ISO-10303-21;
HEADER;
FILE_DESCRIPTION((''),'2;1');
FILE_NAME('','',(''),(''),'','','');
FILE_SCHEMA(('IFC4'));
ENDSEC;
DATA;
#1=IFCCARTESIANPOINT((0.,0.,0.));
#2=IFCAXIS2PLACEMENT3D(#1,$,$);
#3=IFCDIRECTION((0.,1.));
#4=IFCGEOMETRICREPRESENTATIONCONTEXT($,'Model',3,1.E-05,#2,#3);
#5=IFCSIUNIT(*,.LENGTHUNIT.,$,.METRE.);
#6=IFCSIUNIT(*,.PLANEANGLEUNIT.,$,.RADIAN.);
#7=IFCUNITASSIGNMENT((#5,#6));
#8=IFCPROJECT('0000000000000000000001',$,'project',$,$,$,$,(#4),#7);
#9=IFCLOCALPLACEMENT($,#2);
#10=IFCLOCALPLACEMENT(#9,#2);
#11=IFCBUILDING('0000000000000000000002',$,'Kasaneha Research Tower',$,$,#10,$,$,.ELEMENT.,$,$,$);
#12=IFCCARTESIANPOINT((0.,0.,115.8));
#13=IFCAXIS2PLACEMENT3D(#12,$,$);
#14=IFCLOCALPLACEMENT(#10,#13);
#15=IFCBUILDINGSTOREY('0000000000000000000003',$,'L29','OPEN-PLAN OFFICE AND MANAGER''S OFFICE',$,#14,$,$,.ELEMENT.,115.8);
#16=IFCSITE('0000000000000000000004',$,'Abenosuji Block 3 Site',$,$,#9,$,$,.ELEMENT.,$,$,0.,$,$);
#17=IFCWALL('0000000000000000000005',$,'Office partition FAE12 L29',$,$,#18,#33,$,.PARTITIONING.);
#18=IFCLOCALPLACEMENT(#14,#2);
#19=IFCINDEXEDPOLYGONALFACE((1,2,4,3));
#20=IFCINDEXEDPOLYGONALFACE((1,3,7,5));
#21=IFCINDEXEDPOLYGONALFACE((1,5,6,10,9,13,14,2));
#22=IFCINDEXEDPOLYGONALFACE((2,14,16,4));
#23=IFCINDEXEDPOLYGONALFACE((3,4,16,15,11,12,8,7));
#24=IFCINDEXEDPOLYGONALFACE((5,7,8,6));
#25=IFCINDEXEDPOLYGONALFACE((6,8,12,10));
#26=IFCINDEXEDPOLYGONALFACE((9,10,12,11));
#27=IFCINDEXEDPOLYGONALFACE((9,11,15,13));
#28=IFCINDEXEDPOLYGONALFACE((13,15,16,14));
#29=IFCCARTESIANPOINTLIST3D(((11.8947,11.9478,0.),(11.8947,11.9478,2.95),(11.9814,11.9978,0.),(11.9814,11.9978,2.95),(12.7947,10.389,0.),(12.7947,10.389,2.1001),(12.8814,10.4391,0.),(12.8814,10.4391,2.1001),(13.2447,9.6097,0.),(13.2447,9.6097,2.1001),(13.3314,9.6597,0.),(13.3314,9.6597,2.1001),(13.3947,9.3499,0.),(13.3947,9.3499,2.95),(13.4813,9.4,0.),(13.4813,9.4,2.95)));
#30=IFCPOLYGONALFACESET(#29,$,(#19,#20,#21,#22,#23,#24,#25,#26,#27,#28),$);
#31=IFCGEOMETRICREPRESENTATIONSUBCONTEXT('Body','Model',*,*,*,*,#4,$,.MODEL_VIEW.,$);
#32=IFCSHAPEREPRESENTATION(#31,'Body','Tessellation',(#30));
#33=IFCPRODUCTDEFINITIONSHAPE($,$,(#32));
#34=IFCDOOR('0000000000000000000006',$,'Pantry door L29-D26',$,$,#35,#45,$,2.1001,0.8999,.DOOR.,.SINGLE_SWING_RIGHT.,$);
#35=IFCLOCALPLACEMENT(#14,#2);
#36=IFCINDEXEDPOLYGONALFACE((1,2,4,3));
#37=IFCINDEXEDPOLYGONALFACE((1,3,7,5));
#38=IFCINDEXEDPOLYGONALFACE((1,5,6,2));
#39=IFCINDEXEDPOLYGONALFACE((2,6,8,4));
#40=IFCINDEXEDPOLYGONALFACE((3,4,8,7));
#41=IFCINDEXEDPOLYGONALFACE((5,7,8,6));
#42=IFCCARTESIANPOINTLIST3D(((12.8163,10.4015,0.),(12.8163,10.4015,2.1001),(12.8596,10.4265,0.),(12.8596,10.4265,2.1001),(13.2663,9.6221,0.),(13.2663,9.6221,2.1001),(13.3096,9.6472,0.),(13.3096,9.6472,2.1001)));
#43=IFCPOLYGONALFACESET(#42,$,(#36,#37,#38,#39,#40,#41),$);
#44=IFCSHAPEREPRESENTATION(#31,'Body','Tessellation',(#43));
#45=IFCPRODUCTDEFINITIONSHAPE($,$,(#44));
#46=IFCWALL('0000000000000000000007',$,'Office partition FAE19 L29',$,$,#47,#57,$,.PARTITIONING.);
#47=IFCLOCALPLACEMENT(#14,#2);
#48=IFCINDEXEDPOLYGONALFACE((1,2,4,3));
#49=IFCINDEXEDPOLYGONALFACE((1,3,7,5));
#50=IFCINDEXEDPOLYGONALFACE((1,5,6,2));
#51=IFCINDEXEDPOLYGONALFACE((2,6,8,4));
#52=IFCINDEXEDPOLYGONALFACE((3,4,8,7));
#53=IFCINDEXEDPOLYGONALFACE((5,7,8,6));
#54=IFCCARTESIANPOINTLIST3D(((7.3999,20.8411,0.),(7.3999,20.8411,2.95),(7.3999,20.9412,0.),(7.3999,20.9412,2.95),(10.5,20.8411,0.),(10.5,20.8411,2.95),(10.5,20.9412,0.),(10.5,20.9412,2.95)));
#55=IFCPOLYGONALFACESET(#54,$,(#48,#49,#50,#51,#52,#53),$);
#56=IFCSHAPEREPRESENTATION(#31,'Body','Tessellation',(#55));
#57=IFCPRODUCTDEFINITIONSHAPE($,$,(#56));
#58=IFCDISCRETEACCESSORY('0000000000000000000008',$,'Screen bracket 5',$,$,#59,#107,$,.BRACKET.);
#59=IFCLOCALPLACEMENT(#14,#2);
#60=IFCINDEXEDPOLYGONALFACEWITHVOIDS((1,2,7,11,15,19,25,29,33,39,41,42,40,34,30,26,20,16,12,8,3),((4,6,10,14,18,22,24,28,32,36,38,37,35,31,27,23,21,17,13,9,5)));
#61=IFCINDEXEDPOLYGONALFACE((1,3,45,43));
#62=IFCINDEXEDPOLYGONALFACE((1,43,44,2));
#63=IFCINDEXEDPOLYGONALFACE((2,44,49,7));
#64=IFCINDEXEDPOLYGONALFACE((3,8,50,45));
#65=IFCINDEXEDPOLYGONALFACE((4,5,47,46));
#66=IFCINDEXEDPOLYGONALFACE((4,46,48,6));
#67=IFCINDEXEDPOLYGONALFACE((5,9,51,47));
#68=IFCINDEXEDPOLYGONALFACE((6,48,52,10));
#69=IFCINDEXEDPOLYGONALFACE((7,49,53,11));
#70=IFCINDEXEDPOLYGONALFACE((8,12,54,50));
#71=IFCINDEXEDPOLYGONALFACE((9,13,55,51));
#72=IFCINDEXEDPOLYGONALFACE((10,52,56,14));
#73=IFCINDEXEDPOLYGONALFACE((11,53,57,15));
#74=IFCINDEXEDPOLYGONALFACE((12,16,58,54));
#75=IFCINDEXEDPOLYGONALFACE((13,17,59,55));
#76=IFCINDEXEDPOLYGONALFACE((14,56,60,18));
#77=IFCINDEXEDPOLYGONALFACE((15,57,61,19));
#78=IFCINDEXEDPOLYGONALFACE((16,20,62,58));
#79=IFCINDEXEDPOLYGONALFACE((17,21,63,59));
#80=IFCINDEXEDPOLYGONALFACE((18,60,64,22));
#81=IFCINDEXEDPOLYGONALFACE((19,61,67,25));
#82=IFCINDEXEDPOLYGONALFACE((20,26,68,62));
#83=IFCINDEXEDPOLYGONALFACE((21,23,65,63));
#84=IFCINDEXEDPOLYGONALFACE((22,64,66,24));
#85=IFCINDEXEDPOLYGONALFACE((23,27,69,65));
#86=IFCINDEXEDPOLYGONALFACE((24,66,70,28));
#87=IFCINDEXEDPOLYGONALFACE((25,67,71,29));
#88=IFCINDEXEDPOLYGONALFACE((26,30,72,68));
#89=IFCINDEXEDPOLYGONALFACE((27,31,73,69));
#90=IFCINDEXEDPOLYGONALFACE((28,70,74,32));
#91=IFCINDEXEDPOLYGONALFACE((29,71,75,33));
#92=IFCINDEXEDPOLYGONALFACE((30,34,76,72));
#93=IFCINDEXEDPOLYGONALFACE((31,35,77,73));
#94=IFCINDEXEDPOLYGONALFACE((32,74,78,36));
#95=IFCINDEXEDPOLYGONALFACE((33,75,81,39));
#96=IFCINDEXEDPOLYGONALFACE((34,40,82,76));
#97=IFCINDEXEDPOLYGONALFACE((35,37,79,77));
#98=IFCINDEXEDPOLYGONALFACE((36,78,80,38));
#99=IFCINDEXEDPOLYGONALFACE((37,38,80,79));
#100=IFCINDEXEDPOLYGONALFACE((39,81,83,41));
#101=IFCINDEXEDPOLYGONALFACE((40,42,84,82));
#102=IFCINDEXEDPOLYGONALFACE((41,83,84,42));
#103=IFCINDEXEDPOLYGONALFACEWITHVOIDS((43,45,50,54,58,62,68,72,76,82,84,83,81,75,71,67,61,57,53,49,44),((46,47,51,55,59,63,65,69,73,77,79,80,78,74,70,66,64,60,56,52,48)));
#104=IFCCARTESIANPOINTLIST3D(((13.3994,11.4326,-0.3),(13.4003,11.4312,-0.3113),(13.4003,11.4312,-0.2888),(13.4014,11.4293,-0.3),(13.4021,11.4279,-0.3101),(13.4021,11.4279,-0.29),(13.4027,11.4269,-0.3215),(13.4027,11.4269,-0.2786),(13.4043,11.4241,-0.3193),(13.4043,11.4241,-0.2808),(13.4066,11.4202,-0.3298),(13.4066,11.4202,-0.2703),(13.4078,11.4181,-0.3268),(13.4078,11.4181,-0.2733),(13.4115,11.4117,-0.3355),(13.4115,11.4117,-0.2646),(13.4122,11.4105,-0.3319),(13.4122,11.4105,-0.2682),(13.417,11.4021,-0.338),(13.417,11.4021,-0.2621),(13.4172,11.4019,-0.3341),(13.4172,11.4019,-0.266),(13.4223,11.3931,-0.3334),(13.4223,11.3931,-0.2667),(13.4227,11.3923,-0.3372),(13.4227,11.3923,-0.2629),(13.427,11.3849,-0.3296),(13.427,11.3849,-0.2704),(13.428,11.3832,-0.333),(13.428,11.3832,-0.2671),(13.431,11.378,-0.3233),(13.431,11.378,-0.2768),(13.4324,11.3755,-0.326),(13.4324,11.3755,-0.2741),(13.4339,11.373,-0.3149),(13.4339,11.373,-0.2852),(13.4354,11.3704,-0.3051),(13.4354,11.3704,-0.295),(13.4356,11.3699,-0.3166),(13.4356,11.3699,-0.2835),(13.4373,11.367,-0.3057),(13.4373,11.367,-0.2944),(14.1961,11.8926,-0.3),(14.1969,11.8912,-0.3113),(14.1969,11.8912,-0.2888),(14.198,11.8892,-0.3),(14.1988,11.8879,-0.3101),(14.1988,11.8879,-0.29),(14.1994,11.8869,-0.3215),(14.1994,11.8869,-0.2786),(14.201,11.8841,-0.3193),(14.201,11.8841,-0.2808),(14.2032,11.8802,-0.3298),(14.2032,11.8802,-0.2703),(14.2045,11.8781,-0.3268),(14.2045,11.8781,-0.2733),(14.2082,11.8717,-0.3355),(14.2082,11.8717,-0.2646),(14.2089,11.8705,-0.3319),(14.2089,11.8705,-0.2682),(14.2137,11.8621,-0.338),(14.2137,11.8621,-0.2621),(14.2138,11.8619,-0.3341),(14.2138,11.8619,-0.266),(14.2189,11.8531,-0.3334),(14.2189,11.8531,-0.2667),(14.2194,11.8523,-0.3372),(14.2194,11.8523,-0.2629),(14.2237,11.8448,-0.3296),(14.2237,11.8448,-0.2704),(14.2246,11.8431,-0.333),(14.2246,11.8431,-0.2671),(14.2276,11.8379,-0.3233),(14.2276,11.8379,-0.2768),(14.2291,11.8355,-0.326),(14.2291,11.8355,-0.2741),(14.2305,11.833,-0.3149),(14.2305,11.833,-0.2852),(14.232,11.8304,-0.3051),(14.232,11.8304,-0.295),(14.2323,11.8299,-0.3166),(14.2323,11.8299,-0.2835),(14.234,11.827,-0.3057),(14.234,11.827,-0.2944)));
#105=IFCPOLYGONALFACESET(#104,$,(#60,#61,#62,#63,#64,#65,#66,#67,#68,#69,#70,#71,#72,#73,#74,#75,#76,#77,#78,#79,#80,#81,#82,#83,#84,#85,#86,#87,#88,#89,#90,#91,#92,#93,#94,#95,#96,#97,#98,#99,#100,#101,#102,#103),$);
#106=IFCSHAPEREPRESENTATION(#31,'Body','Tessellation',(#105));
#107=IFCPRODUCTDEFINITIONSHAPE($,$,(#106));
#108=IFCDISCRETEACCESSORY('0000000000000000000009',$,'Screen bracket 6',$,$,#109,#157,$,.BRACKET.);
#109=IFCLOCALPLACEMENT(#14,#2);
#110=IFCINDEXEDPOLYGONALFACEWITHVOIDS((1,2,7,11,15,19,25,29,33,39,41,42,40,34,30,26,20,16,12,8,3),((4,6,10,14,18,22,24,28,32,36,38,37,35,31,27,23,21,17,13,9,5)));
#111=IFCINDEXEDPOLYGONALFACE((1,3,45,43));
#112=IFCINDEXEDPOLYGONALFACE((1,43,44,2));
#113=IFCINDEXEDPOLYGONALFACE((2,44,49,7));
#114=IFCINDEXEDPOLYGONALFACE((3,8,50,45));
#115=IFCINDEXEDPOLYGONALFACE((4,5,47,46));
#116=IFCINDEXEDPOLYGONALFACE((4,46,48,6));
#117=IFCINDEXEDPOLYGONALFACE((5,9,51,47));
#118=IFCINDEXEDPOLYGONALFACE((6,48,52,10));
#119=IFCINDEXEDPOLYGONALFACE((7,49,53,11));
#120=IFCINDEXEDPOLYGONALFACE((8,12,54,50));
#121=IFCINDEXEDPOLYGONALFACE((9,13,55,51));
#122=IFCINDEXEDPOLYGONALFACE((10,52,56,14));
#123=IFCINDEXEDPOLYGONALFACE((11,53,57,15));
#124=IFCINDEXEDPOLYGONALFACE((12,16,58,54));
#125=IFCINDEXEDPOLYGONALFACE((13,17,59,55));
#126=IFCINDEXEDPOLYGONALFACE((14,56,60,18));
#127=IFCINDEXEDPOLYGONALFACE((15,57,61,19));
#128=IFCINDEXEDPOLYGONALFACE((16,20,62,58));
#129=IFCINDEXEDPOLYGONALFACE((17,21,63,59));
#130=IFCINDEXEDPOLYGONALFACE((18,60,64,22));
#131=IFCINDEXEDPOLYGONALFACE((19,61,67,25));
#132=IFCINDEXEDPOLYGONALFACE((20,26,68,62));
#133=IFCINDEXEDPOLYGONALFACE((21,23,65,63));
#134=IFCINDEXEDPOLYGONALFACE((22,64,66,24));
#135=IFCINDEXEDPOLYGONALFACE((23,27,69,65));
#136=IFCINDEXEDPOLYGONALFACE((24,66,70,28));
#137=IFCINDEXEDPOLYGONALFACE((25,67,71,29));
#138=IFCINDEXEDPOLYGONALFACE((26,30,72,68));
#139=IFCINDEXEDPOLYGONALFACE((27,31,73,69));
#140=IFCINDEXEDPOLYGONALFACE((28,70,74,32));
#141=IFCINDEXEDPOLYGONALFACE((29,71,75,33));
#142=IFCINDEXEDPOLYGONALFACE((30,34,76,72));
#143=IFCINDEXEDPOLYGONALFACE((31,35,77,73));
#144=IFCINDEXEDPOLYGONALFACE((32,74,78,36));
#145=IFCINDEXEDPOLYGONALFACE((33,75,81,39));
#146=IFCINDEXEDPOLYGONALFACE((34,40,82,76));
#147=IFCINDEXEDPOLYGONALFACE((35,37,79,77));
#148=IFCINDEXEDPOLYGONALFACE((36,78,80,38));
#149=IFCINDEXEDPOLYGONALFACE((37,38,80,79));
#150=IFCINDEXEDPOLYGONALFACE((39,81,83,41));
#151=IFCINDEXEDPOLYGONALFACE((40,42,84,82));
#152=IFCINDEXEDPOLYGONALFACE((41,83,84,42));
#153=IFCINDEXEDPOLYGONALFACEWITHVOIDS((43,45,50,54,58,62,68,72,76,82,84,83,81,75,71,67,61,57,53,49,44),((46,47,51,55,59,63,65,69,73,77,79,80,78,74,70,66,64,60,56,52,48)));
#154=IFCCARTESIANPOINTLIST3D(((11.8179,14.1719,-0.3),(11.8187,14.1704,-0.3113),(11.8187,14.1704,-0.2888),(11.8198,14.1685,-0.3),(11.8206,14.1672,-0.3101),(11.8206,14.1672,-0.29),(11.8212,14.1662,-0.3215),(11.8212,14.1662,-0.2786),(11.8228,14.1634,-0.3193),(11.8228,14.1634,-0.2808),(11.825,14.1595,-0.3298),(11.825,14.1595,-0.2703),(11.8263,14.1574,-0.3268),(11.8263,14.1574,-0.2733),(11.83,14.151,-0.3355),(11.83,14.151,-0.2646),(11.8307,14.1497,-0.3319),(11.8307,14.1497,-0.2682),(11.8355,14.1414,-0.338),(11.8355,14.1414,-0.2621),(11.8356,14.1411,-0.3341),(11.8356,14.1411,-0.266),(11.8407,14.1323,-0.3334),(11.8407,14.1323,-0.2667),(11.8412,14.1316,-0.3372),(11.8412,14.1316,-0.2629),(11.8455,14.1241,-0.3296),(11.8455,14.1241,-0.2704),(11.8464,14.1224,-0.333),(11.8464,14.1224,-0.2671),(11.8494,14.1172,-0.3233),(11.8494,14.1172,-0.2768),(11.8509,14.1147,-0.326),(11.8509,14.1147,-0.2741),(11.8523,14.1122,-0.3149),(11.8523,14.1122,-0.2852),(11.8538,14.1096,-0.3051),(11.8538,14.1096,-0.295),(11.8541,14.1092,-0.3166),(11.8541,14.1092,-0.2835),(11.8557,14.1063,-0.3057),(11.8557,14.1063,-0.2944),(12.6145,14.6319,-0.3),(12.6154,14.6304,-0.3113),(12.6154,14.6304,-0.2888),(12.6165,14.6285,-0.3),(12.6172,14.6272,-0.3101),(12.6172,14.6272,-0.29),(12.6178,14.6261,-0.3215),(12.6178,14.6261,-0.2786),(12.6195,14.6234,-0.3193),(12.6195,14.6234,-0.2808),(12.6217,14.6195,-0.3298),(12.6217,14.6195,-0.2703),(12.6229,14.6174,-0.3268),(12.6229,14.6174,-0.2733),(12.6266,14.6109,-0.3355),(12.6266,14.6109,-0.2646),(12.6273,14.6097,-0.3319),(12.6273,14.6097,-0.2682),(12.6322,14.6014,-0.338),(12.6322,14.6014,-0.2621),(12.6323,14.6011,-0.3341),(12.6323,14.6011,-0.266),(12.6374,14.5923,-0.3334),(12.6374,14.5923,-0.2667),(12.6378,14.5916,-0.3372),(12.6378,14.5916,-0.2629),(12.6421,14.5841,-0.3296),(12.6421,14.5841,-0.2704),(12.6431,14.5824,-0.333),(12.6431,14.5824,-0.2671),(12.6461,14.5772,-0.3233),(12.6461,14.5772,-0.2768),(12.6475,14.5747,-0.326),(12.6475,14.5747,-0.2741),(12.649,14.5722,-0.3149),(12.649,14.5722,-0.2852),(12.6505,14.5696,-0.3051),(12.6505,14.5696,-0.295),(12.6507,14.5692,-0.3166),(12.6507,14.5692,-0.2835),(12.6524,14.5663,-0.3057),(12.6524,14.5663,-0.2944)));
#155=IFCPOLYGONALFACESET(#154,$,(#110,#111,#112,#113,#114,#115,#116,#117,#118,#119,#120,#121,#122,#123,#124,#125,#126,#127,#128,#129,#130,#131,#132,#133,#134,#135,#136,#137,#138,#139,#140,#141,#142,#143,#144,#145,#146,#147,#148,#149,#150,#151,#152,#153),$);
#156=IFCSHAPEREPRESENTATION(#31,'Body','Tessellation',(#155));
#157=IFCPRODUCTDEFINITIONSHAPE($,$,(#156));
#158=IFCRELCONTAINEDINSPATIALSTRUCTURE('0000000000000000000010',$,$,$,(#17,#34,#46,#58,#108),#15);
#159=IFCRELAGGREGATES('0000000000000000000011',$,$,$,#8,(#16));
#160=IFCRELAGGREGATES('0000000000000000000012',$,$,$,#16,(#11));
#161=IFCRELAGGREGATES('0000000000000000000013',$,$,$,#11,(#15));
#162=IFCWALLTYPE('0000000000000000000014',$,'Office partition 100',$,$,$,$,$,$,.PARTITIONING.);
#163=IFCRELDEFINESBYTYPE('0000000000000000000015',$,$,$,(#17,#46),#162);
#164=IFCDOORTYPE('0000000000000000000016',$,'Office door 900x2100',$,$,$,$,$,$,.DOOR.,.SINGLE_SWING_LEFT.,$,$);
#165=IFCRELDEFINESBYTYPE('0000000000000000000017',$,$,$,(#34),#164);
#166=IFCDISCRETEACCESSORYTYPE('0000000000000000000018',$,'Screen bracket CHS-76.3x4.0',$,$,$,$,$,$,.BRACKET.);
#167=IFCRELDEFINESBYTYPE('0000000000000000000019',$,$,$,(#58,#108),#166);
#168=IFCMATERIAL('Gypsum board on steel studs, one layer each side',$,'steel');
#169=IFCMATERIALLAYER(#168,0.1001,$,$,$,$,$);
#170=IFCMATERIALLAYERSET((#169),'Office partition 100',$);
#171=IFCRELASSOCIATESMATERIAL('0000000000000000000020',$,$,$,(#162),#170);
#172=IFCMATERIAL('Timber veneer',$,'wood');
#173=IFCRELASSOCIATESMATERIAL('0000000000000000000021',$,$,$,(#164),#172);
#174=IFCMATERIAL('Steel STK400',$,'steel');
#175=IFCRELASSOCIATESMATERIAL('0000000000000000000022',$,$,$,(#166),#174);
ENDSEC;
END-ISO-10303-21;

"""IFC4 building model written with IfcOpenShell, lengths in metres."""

from ifc_helpers import new_model, si_unit, direction, frame, frame_2d, origin, origin_2d, place, context, subcontext, project, spatial, rectangle, hollow_circle, extrude, material, layer, layer_set, material_profile, profile_set, type_object, element, fill, save


model = new_model("IFC4")

# Units and contexts
model_context = context("Model", 3, precision=1e-05, world=origin(), true_north=direction((0.0, 1.0)))
body_context = subcontext(model_context, "Body", "Model", "MODEL_VIEW")
ifc_project = project(units=[si_unit("LENGTHUNIT", "METRE"), si_unit("PLANEANGLEUNIT", "RADIAN")], contexts=[model_context])

# Site, building, storey
site_placement = place(None, origin())
site = spatial("IfcSite", under=ifc_project, at=site_placement, Name="Abenosuji Block 3 Site", CompositionType="ELEMENT", RefElevation=0.0)
building_placement = place(site_placement, origin())
building = spatial("IfcBuilding", under=site, at=building_placement, Name="Kasaneha Research Tower", CompositionType="ELEMENT")
storey_placement = place(building_placement, frame((0.0, 0.0, 115.8)))
storey = spatial("IfcBuildingStorey", under=building, at=storey_placement, Name="L29", Description="OPEN-PLAN OFFICE AND MANAGER'S OFFICE", CompositionType="ELEMENT", Elevation=115.8)

# Wall, opening, door
ifc_material_1 = material(Name="Gypsum board on steel studs, one layer each side", Category="steel")
ifc_layer_1 = layer(ifc_material_1, 0.1001)
ifc_layer_set_1 = layer_set([ifc_layer_1], Name="Office partition 100")
wall_type = type_object("IfcWallType", Name="Office partition 100", PredefinedType="PARTITIONING", material=ifc_layer_set_1)
wall_1_placement = place(storey_placement, frame((11.938, 11.9729, 0.0), z_axis=(0.0, 0.0, 1.0), x_axis=(0.500025, -0.866011, 0.0)))
wall_1 = element("IfcWall", 1, at=wall_1_placement, inside=storey, type_object=wall_type, Name="Office partition FAE12 L29", PredefinedType="PARTITIONING", context=body_context, shape_type="SweptSolid", body=[
    extrude(rectangle(XDim=2.9998, YDim=0.1001, at=frame_2d((1.5, 0.0))), origin(), (0.0, 0.0, 1.0), 2.95),
])
opening_placement = place(wall_1_placement, frame((1.8, 0.0, 0.0)))
opening = element("IfcOpeningElement", 2, at=opening_placement, cuts=wall_1, PredefinedType="OPENING", context=body_context, shape_type="SweptSolid", body=[
    extrude(rectangle(XDim=0.8999, YDim=2.1001, at=frame_2d((0.45, 1.05))), frame((0.0, 0.0601, 0.0), z_axis=(0.0, -1.0, 0.0), x_axis=(1.0, 0.0, 0.0)), (0.0, 0.0, 1.0), 0.1201),
])
ifc_material_2 = material(Name="Timber veneer", Category="wood")
door_type = type_object("IfcDoorType", Name="Office door 900x2100", OperationType="SINGLE_SWING_LEFT", PredefinedType="DOOR", material=ifc_material_2)
door_placement = place(opening_placement, origin())
door = element("IfcDoor", 3, at=door_placement, inside=storey, type_object=door_type, Name="Pantry door L29-D26", OperationType="SINGLE_SWING_RIGHT", OverallHeight=2.1001, OverallWidth=0.8999, PredefinedType="DOOR", context=body_context, shape_type="SweptSolid", body=[
    extrude(rectangle(XDim=0.8999, YDim=2.1001, at=frame_2d((0.45, 1.05))), frame((0.0, 0.0249, 0.0), z_axis=(0.0, -1.0, 0.0), x_axis=(1.0, 0.0, 0.0)), (0.0, 0.0, 1.0), 0.05),
])
fill(opening, door)

# Wall
wall_2_placement = place(storey_placement, frame((10.5, 20.8911, 0.0), z_axis=(0.0, 0.0, 1.0), x_axis=(-1.0, 0.0, 0.0)))
element("IfcWall", 4, at=wall_2_placement, inside=storey, type_object=wall_type, Name="Office partition FAE19 L29", PredefinedType="PARTITIONING", context=body_context, shape_type="SweptSolid", body=[
    extrude(rectangle(XDim=3.1001, YDim=0.1001, at=frame_2d((1.55, 0.0))), origin(), (0.0, 0.0, 1.0), 2.95),
])

# Discrete accessories
ifc_material_3 = material(Name="Steel STK400", Category="steel")
ifc_material_profile_1 = material_profile(ifc_material_3, hollow_circle(Radius=0.0381, WallThickness=0.0039, at=origin_2d()), Name="CHS-76.3x4.0")
ifc_profile_set_1 = profile_set([ifc_material_profile_1], Name="Steel STK400")
discrete_accessory_type = type_object("IfcDiscreteAccessoryType", Name="Screen bracket CHS-76.3x4.0", PredefinedType="BRACKET", material=ifc_profile_set_1)
for number, where, z_axis, x_axis, name in (
    (5, (13.4185, 11.3997, -0.3), (0.866013, 0.500021, 0.0), (-0.500021, 0.866013, 0.0), "Screen bracket 5"),
    (6, (11.8369, 14.1389, -0.3), (0.866013, 0.500021, 0.0), (-0.500021, 0.866013, 0.0), "Screen bracket 6"),
):
    element("IfcDiscreteAccessory", number, at=place(storey_placement, frame(where, z_axis=z_axis, x_axis=x_axis)), inside=storey, type_object=discrete_accessory_type, Name=name, PredefinedType="BRACKET", context=body_context, shape_type="SweptSolid", body=[
        extrude(hollow_circle(Radius=0.0381, WallThickness=0.0039, at=origin_2d()), origin(), (0.0, 0.0, 1.0), 0.9199),
    ])

save(model, "model.ifc")
